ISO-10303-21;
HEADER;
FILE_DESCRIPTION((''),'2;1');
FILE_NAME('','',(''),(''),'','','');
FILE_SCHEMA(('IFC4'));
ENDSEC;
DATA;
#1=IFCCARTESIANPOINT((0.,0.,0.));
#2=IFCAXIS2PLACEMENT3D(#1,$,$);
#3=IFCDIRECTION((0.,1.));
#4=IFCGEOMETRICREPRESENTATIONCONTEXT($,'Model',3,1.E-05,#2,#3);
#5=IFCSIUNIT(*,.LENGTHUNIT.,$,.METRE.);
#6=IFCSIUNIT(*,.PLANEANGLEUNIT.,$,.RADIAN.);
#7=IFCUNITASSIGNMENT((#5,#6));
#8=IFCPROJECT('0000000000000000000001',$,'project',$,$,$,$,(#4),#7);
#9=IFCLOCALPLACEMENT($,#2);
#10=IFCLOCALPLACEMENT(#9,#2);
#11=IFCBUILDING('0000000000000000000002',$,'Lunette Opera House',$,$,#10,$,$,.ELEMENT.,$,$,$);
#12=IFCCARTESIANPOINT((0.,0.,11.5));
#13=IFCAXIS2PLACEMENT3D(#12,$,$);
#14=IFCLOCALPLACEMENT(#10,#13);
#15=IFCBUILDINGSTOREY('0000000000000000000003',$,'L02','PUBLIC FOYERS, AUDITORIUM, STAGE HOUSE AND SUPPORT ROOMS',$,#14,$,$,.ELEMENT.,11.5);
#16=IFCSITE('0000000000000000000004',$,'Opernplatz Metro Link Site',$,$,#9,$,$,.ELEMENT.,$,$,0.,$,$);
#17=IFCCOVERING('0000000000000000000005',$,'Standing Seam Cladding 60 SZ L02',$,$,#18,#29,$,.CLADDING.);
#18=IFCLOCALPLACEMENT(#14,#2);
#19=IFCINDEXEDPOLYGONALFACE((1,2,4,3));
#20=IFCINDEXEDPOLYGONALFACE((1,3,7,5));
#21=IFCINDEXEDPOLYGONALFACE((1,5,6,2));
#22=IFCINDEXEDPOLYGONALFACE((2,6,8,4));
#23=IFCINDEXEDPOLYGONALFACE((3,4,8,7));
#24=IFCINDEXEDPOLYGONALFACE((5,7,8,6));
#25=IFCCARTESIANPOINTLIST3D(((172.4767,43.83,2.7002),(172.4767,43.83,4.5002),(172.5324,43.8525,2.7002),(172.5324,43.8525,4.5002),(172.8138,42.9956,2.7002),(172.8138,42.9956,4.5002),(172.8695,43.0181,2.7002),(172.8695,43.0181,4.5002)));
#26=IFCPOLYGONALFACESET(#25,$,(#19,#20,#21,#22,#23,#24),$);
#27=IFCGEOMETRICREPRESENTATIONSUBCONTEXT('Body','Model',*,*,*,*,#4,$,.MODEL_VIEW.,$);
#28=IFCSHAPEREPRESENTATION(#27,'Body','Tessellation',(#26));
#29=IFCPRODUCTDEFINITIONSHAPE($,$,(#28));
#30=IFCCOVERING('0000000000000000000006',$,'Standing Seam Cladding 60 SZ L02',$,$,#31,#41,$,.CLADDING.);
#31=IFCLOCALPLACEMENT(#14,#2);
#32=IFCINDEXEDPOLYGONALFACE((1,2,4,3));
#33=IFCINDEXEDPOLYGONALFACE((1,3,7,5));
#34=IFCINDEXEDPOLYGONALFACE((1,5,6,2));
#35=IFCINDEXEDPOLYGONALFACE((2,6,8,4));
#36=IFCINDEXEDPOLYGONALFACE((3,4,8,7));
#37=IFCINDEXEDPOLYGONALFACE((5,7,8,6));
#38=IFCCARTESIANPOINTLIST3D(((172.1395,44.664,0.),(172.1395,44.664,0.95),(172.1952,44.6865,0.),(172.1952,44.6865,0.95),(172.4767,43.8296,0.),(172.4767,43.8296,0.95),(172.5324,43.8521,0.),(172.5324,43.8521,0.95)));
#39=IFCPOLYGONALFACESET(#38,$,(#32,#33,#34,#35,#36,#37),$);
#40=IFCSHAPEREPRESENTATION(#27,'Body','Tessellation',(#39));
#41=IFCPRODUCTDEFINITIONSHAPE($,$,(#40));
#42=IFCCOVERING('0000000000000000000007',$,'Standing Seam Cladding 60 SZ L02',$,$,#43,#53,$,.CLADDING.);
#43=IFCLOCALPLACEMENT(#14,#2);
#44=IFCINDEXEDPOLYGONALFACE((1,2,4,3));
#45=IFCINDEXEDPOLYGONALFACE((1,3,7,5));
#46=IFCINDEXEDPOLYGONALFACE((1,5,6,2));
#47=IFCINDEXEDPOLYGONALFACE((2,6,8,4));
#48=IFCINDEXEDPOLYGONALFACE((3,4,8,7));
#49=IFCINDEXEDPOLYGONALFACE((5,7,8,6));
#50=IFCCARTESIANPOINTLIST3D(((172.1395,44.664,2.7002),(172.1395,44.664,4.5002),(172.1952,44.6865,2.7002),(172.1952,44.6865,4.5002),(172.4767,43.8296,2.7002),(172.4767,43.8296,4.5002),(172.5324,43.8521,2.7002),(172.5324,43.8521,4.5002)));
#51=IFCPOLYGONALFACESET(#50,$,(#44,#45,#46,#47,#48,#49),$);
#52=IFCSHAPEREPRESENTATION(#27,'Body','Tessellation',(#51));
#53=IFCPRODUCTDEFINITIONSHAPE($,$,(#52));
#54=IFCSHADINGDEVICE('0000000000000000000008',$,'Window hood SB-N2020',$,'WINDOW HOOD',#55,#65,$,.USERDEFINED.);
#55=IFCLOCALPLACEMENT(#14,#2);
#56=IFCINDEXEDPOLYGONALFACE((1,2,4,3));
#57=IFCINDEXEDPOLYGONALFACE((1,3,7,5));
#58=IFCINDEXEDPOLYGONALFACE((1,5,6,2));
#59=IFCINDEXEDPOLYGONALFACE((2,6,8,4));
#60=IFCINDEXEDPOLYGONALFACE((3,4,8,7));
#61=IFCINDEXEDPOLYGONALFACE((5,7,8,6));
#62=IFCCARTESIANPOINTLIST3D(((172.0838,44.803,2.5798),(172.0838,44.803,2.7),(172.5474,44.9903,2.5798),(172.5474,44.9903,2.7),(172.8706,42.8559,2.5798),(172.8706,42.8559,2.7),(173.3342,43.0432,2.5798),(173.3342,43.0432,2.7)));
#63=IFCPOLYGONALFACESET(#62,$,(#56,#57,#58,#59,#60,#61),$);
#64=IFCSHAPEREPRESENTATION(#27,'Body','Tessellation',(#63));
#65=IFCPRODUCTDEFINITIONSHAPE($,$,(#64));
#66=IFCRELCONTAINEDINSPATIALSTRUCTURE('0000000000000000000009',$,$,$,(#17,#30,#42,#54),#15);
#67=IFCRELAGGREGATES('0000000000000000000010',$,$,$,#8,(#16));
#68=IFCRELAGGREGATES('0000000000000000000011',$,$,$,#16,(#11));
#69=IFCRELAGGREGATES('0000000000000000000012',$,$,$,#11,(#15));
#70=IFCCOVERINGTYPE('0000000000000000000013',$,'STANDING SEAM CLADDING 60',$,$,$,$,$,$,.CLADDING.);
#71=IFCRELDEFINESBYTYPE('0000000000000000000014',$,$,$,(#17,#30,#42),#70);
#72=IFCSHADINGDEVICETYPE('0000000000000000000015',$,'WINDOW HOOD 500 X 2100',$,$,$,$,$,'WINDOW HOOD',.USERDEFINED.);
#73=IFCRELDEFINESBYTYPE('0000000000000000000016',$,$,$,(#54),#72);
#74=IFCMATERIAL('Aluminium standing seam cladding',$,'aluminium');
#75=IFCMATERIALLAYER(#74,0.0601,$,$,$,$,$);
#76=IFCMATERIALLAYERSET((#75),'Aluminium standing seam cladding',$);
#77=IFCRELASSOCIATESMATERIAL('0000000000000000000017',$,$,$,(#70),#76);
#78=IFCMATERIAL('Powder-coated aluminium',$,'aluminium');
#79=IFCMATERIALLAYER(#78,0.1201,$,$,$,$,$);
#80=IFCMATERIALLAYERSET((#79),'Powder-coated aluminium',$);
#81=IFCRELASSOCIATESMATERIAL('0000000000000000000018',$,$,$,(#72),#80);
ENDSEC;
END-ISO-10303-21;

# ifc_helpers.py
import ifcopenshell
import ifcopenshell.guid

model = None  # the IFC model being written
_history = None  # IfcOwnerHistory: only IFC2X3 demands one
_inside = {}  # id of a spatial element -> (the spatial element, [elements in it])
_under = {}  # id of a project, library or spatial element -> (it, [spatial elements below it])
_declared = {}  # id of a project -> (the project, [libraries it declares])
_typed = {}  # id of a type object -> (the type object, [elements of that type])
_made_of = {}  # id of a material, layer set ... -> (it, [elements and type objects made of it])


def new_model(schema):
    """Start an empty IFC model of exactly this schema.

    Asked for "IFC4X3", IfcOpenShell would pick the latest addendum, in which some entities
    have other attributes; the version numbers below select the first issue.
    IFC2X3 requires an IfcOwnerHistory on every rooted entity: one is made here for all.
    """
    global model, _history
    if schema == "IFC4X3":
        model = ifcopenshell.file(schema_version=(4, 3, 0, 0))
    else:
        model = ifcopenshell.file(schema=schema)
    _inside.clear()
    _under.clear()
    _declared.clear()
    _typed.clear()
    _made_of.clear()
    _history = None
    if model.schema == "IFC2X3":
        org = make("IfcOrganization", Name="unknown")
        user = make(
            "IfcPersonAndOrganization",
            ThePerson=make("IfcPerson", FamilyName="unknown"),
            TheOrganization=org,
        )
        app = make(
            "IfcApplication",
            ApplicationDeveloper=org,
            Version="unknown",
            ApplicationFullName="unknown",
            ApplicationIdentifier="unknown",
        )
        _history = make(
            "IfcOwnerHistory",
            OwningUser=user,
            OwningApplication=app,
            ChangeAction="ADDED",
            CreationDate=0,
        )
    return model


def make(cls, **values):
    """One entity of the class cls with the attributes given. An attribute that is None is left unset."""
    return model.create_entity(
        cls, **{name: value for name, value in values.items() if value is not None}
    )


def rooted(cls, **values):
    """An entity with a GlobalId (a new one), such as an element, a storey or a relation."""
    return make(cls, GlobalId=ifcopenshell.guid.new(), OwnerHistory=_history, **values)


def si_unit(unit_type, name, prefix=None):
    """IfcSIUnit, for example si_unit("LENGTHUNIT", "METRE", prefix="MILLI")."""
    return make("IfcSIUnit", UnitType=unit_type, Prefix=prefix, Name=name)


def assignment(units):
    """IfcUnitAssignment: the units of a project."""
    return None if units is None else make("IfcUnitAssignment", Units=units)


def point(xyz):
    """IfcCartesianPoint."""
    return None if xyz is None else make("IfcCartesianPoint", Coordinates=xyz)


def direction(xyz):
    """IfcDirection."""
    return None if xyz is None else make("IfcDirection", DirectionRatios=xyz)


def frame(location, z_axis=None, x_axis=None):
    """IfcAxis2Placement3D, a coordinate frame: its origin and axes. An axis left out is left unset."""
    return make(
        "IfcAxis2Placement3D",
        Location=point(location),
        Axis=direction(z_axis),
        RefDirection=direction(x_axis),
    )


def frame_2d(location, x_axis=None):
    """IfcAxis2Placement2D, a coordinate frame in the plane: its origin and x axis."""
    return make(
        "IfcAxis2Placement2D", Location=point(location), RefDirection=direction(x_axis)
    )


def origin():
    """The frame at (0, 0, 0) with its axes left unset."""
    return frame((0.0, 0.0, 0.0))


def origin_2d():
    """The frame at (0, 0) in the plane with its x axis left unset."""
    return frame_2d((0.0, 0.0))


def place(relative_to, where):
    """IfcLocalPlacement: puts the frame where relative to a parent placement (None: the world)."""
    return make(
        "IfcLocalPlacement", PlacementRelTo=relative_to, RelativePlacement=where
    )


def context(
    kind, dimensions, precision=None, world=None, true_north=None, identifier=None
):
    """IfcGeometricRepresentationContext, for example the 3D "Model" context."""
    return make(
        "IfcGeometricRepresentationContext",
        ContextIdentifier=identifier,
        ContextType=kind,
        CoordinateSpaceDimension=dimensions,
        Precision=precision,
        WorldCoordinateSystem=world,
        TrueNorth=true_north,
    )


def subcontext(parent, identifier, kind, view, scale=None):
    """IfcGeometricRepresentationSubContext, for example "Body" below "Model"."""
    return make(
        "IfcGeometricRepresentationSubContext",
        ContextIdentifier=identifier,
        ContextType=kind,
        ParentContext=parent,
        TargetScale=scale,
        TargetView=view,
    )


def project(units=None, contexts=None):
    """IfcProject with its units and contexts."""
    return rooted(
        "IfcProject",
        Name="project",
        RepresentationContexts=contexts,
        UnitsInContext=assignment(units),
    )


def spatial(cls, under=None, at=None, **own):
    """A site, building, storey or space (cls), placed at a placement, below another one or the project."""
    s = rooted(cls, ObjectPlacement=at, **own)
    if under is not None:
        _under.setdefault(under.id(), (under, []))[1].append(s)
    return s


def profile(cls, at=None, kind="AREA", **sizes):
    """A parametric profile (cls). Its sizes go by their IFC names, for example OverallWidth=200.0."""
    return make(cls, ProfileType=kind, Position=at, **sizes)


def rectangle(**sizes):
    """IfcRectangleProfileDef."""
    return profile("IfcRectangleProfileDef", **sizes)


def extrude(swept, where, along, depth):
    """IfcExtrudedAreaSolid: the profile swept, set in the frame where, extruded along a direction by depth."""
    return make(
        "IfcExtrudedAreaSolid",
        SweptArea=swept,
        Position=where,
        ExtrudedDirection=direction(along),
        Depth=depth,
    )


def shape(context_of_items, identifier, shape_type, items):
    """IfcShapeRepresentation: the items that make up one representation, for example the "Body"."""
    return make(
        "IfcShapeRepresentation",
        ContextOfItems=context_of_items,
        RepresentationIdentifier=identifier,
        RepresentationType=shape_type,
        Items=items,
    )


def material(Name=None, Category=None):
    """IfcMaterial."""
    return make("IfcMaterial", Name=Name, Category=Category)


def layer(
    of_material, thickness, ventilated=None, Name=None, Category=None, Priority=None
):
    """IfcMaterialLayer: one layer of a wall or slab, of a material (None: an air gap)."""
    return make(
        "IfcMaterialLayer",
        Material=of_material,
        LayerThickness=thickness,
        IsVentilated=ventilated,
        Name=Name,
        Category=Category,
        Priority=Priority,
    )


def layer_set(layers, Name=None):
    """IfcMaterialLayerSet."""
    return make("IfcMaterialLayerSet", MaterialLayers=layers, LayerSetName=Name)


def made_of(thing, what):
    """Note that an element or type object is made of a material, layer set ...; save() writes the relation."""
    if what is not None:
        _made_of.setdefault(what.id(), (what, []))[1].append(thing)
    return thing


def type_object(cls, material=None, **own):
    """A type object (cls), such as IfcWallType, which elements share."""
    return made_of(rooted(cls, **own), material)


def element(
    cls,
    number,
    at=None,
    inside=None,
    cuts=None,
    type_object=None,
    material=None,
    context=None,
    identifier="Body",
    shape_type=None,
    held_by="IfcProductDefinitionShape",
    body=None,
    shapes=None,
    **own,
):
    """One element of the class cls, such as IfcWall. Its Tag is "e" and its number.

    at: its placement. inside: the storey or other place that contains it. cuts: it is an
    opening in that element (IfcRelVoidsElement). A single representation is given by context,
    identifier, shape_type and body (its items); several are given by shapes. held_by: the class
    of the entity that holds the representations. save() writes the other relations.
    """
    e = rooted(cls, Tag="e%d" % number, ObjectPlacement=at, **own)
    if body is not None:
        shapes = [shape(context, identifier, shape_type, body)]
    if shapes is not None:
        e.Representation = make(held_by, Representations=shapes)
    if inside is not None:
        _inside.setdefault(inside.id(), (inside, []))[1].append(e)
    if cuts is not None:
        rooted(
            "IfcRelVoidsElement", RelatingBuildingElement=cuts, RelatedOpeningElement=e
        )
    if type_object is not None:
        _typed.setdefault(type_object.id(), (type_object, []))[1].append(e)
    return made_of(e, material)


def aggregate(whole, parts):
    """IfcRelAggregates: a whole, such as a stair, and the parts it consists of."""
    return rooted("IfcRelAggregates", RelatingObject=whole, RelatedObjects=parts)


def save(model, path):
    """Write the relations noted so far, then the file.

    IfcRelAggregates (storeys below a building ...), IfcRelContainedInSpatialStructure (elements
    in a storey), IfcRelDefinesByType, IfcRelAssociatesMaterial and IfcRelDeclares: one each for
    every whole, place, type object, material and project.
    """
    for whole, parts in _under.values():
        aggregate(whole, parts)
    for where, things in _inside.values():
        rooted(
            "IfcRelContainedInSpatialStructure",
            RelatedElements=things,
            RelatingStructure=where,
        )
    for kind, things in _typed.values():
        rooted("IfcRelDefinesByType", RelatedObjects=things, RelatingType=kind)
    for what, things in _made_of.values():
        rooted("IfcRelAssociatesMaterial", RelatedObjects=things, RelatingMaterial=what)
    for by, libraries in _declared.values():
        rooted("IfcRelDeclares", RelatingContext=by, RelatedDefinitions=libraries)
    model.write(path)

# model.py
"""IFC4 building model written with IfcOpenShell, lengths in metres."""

from ifc_helpers import new_model, si_unit, direction, frame, origin, origin_2d, place, context, subcontext, project, spatial, rectangle, extrude, material, layer, layer_set, type_object, element, save


model = new_model("IFC4")

# Units and contexts
model_context = context("Model", 3, precision=1e-05, world=origin(), true_north=direction((0.0, 1.0)))
body_context = subcontext(model_context, "Body", "Model", "MODEL_VIEW")
ifc_project = project(units=[si_unit("LENGTHUNIT", "METRE"), si_unit("PLANEANGLEUNIT", "RADIAN")], contexts=[model_context])

# Site, building, storey
site_placement = place(None, origin())
site = spatial("IfcSite", under=ifc_project, at=site_placement, Name="Opernplatz Metro Link Site", CompositionType="ELEMENT", RefElevation=0.0)
building_placement = place(site_placement, origin())
building = spatial("IfcBuilding", under=site, at=building_placement, Name="Lunette Opera House", CompositionType="ELEMENT")
storey_placement = place(building_placement, frame((0.0, 0.0, 11.5)))
storey = spatial("IfcBuildingStorey", under=building, at=storey_placement, Name="L02", Description="PUBLIC FOYERS, AUDITORIUM, STAGE HOUSE AND SUPPORT ROOMS", CompositionType="ELEMENT", Elevation=11.5)

# Coverings
ifc_material_1 = material(Name="Aluminium standing seam cladding", Category="aluminium")
ifc_layer_1 = layer(ifc_material_1, 0.0601)
ifc_layer_set_1 = layer_set([ifc_layer_1], Name="Aluminium standing seam cladding")
covering_type = type_object("IfcCoveringType", Name="STANDING SEAM CLADDING 60", PredefinedType="CLADDING", material=ifc_layer_set_1)
covering_1_placement = place(storey_placement, frame((172.6731, 43.4241, 2.7002), z_axis=(0.0, 0.0, 1.0), x_axis=(-0.374671, 0.927158, 0.0)))
element("IfcCovering", 1, at=covering_1_placement, inside=storey, type_object=covering_type, Name="Standing Seam Cladding 60 SZ L02", PredefinedType="CLADDING", context=body_context, shape_type="SweptSolid", body=[
    extrude(rectangle(XDim=0.8999, YDim=0.0601, at=origin_2d()), origin(), (0.0, 0.0, 1.0), 1.8),
])
covering_2_placement = place(storey_placement, frame((172.3359, 44.2581, 0.0), z_axis=(0.0, 0.0, 1.0), x_axis=(-0.374671, 0.927158, 0.0)))
element("IfcCovering", 2, at=covering_2_placement, inside=storey, type_object=covering_type, Name="Standing Seam Cladding 60 SZ L02", PredefinedType="CLADDING", context=body_context, shape_type="SweptSolid", body=[
    extrude(rectangle(XDim=0.8999, YDim=0.0601, at=origin_2d()), origin(), (0.0, 0.0, 1.0), 0.95),
])
covering_3_placement = place(storey_placement, frame((172.3359, 44.2581, 2.7002), z_axis=(0.0, 0.0, 1.0), x_axis=(-0.374671, 0.927158, 0.0)))
element("IfcCovering", 3, at=covering_3_placement, inside=storey, type_object=covering_type, Name="Standing Seam Cladding 60 SZ L02", PredefinedType="CLADDING", context=body_context, shape_type="SweptSolid", body=[
    extrude(rectangle(XDim=0.8999, YDim=0.0601, at=origin_2d()), origin(), (0.0, 0.0, 1.0), 1.8),
])

# Shading device
ifc_material_2 = material(Name="Powder-coated aluminium", Category="aluminium")
ifc_layer_2 = layer(ifc_material_2, 0.1201)
ifc_layer_set_2 = layer_set([ifc_layer_2], Name="Powder-coated aluminium")
shading_device_type = type_object("IfcShadingDeviceType", Name="WINDOW HOOD 500 X 2100", ElementType="WINDOW HOOD", PredefinedType="USERDEFINED", material=ifc_layer_set_2)
shading_device_placement = place(storey_placement, frame((172.709, 43.9231, 2.5798), z_axis=(0.0, 0.0, 1.0), x_axis=(0.927158, 0.374671, 0.0)))
element("IfcShadingDevice", 4, at=shading_device_placement, inside=storey, type_object=shading_device_type, Name="Window hood SB-N2020", ObjectType="WINDOW HOOD", PredefinedType="USERDEFINED", context=body_context, shape_type="SweptSolid", body=[
    extrude(rectangle(XDim=0.5, YDim=2.1001, at=origin_2d()), origin(), (0.0, 0.0, 1.0), 0.1201),
])

save(model, "model.ifc")
